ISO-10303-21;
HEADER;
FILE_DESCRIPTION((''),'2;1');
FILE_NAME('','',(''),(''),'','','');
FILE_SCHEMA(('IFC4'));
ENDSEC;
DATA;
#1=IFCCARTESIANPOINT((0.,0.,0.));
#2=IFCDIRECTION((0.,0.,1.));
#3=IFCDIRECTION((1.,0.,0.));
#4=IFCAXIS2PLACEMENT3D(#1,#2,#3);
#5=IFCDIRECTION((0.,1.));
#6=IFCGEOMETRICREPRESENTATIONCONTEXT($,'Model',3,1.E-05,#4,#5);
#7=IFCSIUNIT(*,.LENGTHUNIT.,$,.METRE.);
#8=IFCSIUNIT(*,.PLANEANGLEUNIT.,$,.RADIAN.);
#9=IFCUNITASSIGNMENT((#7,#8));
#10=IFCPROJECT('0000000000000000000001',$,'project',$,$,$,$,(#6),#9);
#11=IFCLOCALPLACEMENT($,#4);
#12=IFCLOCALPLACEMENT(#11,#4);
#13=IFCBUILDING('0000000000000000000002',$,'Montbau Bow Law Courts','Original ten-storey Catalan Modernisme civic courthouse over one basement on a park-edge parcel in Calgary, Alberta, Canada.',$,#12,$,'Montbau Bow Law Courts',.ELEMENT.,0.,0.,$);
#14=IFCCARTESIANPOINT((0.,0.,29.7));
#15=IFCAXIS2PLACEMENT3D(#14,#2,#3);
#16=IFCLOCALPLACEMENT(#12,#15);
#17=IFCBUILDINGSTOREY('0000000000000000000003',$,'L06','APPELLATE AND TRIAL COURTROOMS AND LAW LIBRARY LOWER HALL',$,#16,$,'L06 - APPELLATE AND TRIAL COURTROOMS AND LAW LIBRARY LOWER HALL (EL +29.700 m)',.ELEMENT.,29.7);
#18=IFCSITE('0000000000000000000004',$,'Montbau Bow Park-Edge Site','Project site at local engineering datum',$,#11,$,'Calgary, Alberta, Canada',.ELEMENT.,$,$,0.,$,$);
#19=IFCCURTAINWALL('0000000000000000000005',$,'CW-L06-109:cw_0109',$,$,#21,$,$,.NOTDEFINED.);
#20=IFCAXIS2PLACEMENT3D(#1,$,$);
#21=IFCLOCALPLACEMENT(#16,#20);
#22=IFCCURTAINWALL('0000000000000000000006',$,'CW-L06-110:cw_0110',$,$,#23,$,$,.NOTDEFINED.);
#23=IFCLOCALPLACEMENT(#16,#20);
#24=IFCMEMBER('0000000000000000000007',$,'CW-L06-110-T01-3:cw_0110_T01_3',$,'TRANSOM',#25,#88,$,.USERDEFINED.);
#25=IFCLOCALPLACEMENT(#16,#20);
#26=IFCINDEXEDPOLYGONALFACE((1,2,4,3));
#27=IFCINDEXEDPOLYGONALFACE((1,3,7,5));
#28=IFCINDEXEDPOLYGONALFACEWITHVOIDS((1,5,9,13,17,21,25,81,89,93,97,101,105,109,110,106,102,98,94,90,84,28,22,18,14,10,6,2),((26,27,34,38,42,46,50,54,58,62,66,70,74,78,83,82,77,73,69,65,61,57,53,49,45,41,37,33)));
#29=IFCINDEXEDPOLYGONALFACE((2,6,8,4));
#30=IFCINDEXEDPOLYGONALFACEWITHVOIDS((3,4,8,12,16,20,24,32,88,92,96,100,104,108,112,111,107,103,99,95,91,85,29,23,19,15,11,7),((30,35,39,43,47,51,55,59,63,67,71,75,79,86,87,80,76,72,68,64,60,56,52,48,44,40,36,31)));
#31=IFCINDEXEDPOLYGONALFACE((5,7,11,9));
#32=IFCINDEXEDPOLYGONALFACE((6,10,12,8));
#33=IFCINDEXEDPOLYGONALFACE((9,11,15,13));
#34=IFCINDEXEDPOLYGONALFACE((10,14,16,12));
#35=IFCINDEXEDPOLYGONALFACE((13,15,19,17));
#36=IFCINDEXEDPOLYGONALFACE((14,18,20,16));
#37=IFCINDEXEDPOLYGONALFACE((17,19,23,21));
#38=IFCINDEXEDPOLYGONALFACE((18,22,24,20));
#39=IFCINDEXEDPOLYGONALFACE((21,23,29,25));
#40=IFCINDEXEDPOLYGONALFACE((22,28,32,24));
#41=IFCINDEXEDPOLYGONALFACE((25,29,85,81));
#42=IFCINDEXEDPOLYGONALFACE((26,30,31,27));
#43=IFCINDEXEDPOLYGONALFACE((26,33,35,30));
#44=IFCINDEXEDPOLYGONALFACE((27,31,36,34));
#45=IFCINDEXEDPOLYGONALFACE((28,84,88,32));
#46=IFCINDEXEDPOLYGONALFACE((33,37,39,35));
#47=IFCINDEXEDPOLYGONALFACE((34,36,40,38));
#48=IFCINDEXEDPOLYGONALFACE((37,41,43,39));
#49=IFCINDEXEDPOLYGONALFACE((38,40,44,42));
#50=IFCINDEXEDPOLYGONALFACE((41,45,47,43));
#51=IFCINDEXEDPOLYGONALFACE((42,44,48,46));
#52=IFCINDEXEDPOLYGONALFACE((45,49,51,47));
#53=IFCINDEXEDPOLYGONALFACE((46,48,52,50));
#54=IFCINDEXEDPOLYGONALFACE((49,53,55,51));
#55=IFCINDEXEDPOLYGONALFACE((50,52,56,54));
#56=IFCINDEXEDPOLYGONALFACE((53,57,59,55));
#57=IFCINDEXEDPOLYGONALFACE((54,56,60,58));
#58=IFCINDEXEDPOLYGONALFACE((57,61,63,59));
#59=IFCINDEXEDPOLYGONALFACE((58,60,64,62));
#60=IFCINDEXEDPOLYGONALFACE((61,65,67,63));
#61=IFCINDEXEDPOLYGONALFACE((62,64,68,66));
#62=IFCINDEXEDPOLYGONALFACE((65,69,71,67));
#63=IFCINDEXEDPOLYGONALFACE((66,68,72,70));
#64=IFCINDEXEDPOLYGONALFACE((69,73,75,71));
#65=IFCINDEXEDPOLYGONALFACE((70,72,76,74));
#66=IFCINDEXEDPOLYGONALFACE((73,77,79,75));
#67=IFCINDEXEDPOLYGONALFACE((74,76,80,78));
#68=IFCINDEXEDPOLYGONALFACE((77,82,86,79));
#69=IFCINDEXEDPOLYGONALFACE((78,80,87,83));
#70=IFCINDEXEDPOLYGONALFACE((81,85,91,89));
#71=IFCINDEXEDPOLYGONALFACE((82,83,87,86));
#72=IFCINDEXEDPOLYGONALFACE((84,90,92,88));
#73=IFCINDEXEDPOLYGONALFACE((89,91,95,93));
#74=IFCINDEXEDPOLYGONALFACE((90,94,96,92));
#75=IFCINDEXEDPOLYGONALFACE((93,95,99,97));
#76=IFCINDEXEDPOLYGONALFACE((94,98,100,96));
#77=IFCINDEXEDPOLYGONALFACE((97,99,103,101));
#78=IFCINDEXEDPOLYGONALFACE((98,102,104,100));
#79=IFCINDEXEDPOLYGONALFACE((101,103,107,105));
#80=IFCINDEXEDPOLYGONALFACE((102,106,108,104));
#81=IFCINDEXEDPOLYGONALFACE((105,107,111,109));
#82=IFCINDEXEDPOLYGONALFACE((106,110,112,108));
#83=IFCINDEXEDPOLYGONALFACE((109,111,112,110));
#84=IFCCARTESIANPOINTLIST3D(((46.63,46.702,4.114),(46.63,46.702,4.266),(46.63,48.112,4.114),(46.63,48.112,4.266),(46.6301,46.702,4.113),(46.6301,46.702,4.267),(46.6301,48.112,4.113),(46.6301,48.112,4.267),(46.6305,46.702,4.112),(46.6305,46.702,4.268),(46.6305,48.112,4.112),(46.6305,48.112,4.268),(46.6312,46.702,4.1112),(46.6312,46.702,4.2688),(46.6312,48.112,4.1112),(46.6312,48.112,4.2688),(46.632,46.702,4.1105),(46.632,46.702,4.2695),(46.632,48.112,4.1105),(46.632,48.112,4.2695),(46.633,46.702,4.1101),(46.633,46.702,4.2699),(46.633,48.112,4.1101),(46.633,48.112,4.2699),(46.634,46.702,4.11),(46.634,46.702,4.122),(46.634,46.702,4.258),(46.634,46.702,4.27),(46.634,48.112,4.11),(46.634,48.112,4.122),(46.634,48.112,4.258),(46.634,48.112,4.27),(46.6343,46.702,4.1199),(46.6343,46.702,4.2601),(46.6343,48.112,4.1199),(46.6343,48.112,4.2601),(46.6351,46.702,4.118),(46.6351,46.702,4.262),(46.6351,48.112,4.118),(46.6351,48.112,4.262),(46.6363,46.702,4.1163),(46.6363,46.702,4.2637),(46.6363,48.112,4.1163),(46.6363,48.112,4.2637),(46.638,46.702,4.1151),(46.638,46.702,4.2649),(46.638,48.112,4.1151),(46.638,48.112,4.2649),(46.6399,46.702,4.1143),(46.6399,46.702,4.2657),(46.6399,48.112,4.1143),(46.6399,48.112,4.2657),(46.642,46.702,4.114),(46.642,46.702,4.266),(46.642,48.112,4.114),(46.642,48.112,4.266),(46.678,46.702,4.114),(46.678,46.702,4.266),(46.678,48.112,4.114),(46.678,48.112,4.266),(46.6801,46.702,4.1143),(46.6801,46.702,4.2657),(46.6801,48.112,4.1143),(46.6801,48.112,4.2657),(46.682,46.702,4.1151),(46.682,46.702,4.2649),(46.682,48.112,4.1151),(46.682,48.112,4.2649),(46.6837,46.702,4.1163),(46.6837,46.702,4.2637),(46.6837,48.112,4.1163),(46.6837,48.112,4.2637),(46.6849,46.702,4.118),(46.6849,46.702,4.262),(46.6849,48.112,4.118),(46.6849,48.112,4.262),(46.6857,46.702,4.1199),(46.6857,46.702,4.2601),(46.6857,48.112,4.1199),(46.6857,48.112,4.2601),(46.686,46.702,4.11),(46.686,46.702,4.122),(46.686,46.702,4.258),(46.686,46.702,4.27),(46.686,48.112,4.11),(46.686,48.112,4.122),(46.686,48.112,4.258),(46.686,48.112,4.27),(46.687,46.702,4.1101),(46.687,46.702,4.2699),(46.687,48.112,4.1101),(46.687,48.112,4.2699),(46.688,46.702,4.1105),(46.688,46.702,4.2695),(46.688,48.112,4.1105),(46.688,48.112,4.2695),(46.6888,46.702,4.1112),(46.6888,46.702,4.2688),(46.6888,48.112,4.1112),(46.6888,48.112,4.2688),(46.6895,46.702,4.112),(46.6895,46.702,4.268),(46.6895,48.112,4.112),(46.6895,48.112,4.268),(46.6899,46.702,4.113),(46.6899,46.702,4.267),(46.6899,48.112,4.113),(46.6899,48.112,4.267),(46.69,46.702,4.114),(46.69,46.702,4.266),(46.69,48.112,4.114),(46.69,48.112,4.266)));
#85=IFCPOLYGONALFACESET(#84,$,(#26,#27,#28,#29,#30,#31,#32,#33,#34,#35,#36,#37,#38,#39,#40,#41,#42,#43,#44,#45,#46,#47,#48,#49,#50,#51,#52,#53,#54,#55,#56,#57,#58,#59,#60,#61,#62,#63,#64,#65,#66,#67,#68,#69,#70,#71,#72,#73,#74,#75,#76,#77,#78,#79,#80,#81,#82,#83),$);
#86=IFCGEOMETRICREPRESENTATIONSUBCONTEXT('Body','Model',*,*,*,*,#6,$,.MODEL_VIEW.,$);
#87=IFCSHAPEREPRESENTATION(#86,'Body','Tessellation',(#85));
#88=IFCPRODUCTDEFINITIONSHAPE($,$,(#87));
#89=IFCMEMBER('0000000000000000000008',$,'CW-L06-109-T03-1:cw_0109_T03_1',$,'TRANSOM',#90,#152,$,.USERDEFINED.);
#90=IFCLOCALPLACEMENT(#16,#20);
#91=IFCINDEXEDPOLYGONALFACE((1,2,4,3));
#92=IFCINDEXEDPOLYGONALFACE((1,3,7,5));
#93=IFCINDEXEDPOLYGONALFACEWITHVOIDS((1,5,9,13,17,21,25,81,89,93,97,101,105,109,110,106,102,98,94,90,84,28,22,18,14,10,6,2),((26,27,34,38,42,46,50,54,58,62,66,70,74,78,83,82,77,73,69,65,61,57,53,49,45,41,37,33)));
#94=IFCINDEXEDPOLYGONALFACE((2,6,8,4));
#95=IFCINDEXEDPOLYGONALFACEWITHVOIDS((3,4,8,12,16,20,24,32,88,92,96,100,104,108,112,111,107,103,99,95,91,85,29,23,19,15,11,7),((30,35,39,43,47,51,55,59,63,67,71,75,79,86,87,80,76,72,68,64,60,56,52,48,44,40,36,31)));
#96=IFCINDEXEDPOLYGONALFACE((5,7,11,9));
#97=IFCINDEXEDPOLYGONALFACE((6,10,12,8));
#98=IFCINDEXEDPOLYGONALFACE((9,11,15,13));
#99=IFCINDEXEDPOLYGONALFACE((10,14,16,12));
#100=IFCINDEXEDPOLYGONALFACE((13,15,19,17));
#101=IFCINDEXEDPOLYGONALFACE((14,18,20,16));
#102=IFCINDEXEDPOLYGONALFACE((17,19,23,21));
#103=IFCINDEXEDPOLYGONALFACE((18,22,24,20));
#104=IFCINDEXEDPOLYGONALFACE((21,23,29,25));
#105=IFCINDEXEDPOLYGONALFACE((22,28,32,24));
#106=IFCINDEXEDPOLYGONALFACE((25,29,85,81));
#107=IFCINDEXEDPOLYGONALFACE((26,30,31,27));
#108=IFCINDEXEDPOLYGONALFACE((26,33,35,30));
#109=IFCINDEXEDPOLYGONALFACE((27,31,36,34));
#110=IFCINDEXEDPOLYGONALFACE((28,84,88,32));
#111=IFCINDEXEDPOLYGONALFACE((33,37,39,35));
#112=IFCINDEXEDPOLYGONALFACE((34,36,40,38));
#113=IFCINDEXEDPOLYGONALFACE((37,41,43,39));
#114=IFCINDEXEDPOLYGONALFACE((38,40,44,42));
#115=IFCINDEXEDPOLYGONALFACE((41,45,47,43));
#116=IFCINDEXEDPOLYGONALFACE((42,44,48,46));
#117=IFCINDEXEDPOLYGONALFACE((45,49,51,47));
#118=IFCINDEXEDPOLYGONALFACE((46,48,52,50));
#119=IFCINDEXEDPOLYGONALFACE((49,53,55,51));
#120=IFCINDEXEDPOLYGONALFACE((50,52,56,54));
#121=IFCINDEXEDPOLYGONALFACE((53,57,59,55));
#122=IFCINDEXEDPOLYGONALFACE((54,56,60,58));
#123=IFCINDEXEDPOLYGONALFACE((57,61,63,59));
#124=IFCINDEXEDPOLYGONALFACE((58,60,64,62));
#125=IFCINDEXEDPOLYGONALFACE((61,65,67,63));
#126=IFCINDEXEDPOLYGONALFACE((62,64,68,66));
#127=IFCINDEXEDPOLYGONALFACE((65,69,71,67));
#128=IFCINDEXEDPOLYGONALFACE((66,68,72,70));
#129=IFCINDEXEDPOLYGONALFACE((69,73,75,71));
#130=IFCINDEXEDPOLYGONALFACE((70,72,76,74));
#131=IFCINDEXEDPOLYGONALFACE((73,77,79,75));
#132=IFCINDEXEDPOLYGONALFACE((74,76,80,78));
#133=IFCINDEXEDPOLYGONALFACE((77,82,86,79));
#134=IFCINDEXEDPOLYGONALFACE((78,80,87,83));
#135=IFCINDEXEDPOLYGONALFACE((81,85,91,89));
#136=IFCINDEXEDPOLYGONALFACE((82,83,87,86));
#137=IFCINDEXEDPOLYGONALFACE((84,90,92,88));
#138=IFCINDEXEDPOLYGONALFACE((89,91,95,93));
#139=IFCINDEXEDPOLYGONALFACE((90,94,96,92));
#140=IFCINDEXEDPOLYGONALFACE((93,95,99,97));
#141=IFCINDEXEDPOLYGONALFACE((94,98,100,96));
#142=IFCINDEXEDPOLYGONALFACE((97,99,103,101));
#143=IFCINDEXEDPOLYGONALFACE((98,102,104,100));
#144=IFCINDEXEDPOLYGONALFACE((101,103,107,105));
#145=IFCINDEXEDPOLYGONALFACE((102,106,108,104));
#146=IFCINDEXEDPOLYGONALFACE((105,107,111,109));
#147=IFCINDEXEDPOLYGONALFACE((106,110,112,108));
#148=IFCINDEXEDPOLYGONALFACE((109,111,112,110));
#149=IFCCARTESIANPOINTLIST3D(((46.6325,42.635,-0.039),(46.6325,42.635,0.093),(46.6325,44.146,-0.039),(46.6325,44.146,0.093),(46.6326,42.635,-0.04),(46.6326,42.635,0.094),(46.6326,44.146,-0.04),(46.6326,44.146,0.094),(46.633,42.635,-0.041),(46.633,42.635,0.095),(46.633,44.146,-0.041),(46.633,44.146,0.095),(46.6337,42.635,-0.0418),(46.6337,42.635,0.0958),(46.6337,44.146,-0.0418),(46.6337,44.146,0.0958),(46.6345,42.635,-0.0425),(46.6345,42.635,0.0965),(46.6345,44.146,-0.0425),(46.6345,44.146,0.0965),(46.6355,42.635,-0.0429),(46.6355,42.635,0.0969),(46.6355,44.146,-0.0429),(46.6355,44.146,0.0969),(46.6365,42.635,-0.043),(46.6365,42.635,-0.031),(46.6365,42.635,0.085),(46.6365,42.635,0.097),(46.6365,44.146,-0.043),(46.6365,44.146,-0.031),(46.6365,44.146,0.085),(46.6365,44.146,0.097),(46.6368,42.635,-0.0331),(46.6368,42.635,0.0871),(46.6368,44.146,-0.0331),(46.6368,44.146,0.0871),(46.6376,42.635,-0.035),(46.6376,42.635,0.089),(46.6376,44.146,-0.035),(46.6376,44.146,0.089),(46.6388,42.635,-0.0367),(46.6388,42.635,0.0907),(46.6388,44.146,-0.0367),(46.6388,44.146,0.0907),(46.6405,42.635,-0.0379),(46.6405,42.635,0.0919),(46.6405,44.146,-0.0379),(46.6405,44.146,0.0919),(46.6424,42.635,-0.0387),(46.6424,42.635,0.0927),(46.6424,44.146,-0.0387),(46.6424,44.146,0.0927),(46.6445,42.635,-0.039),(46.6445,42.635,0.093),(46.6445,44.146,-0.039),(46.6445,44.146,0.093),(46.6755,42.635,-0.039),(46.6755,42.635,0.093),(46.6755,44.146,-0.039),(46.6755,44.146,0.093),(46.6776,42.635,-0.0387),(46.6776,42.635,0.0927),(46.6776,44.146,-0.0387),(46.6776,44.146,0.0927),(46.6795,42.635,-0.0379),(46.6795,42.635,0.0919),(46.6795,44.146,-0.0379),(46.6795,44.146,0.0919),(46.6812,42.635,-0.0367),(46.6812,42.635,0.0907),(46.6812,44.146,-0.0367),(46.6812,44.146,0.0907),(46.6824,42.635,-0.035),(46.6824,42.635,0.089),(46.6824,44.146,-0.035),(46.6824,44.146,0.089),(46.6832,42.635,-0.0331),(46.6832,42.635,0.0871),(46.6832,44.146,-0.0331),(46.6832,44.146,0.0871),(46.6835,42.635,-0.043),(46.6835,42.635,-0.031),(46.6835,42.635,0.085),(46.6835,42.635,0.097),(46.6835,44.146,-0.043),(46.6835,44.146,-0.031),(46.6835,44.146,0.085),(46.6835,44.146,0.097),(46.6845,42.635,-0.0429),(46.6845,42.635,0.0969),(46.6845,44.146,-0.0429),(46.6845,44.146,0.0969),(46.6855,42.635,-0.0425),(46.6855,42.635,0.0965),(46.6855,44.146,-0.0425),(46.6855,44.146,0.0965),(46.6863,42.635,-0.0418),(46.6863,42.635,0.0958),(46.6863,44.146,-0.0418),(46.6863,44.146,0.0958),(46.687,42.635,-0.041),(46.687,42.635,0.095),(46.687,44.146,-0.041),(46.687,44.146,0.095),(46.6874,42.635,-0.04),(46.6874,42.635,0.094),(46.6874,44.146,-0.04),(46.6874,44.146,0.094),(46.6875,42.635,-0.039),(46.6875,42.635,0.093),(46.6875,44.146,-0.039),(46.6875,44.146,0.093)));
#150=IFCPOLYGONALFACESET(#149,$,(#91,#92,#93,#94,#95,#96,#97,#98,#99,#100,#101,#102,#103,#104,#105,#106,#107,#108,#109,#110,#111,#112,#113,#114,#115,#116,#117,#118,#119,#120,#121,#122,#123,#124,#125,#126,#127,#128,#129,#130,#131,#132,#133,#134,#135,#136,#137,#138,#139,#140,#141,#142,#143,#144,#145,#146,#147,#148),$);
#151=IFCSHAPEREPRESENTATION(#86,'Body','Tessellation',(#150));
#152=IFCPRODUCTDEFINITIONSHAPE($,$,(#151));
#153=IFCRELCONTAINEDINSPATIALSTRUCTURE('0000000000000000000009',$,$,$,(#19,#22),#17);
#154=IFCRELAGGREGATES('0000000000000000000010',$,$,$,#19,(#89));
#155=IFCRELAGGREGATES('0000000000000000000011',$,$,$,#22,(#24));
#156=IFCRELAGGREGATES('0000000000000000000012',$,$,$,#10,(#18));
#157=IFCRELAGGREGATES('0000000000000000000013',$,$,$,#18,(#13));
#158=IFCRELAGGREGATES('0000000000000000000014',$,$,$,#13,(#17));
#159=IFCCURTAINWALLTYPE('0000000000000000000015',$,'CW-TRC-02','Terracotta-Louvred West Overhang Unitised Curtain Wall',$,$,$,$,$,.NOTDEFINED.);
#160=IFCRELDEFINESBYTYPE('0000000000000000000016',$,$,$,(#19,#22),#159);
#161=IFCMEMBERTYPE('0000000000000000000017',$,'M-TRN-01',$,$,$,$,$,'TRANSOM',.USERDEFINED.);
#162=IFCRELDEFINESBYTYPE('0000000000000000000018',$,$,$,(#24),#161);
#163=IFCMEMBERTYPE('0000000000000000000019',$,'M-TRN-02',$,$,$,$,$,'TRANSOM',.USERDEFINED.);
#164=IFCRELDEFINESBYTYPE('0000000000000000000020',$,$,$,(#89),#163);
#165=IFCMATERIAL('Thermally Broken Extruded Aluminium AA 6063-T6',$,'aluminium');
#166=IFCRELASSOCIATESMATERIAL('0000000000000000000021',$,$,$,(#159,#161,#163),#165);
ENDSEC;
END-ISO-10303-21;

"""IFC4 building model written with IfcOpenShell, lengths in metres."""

from ifc_helpers import new_model, si_unit, direction, frame, origin_with_axes, origin_2d_with_axis, place, context, subcontext, project, spatial, hollow_rectangle, extrude, material, material_profile, profile_set, type_object, element, aggregate, save


model = new_model("IFC4")

# Units and contexts
model_context = context("Model", 3, precision=1e-05, world=origin_with_axes(), true_north=direction((0.0, 1.0)))
body_context = subcontext(model_context, "Body", "Model", "MODEL_VIEW")
ifc_project = project(units=[si_unit("LENGTHUNIT", "METRE"), si_unit("PLANEANGLEUNIT", "RADIAN")], contexts=[model_context])

# Site, building, storey
site_placement = place(None, origin_with_axes())
site = spatial("IfcSite", under=ifc_project, at=site_placement, Name="Montbau Bow Park-Edge Site", Description="Project site at local engineering datum", LongName="Calgary, Alberta, Canada", CompositionType="ELEMENT", RefElevation=0.0)
building_placement = place(site_placement, origin_with_axes())
building = spatial("IfcBuilding", under=site, at=building_placement, Name="Montbau Bow Law Courts", Description="Original ten-storey Catalan Modernisme civic courthouse over one basement on a park-edge parcel in Calgary, Alberta, Canada.", LongName="Montbau Bow Law Courts", CompositionType="ELEMENT", ElevationOfRefHeight=0.0, ElevationOfTerrain=0.0)
storey_placement = place(building_placement, frame((0.0, 0.0, 29.7), z_axis=(0.0, 0.0, 1.0), x_axis=(1.0, 0.0, 0.0)))
storey = spatial("IfcBuildingStorey", under=building, at=storey_placement, Name="L06", Description="APPELLATE AND TRIAL COURTROOMS AND LAW LIBRARY LOWER HALL", LongName="L06 - APPELLATE AND TRIAL COURTROOMS AND LAW LIBRARY LOWER HALL (EL +29.700 m)", CompositionType="ELEMENT", Elevation=29.7)

# Curtain walls, member
ifc_material_1 = material(Name="Thermally Broken Extruded Aluminium AA 6063-T6", Category="aluminium")
curtain_wall_type = type_object("IfcCurtainWallType", Name="CW-TRC-02", Description="Terracotta-Louvred West Overhang Unitised Curtain Wall", PredefinedType="NOTDEFINED", material=ifc_material_1)
curtain_wall_1_placement = place(None, frame((46.66, 39.44, 29.7), z_axis=(0.0, 0.0, 1.0), x_axis=(1.0, 0.0, 0.0)))
curtain_wall_1 = element("IfcCurtainWall", 1, at=curtain_wall_1_placement, inside=storey, type_object=curtain_wall_type, Name="CW-L06-109:cw_0109", PredefinedType="NOTDEFINED")
curtain_wall_2_placement = place(None, frame((46.66, 46.64, 29.7), z_axis=(0.0, 0.0, 1.0), x_axis=(1.0, 0.0, 0.0)))
curtain_wall_2 = element("IfcCurtainWall", 2, at=curtain_wall_2_placement, inside=storey, type_object=curtain_wall_type, Name="CW-L06-110:cw_0110", PredefinedType="NOTDEFINED")
ifc_material_profile_1 = material_profile(ifc_material_1, hollow_rectangle(XDim=0.06, YDim=0.16, WallThickness=0.004, InnerFilletRadius=0.008, OuterFilletRadius=0.004, at=origin_2d_with_axis()), Name="CWT-160X60", Category="Main", Priority=0)
ifc_profile_set_1 = profile_set([ifc_material_profile_1], Name="Thermally Broken Extruded Aluminium AA 6063-T6")
member_type_1 = type_object("IfcMemberType", Name="M-TRN-01", ElementType="TRANSOM", PredefinedType="USERDEFINED", material=ifc_profile_set_1)
member_1_placement = place(None, frame((46.66, 46.702, 33.89), z_axis=(0.0, 1.0, 0.0), x_axis=(-1.0, 0.0, 0.0)))
member_1 = element("IfcMember", 3, at=member_1_placement, type_object=member_type_1, Name="CW-L06-110-T01-3:cw_0110_T01_3", ObjectType="TRANSOM", PredefinedType="USERDEFINED", context=body_context, shape_type="SweptSolid", body=[
    extrude(hollow_rectangle(XDim=0.06, YDim=0.16, WallThickness=0.004, InnerFilletRadius=0.008, OuterFilletRadius=0.004, at=origin_2d_with_axis()), origin_with_axes(), (0.0, 0.0, 1.0), 1.41),
])

# Member
ifc_material_profile_2 = material_profile(ifc_material_1, hollow_rectangle(XDim=0.055, YDim=0.14, WallThickness=0.004, InnerFilletRadius=0.008, OuterFilletRadius=0.004, at=origin_2d_with_axis()), Name="CWT-140X55", Category="Main", Priority=0)
ifc_profile_set_2 = profile_set([ifc_material_profile_2], Name="Thermally Broken Extruded Aluminium AA 6063-T6")
member_type_2 = type_object("IfcMemberType", Name="M-TRN-02", ElementType="TRANSOM", PredefinedType="USERDEFINED", material=ifc_profile_set_2)
member_2_placement = place(None, frame((46.66, 42.635, 29.727), z_axis=(0.0, 1.0, 0.0), x_axis=(-1.0, 0.0, 0.0)))
member_2 = element("IfcMember", 4, at=member_2_placement, type_object=member_type_2, Name="CW-L06-109-T03-1:cw_0109_T03_1", ObjectType="TRANSOM", PredefinedType="USERDEFINED", context=body_context, shape_type="SweptSolid", body=[
    extrude(hollow_rectangle(XDim=0.055, YDim=0.14, WallThickness=0.004, InnerFilletRadius=0.008, OuterFilletRadius=0.004, at=origin_2d_with_axis()), origin_with_axes(), (0.0, 0.0, 1.0), 1.511),
])

aggregate(curtain_wall_1, [member_2])
aggregate(curtain_wall_2, [member_1])

save(model, "model.ifc")
